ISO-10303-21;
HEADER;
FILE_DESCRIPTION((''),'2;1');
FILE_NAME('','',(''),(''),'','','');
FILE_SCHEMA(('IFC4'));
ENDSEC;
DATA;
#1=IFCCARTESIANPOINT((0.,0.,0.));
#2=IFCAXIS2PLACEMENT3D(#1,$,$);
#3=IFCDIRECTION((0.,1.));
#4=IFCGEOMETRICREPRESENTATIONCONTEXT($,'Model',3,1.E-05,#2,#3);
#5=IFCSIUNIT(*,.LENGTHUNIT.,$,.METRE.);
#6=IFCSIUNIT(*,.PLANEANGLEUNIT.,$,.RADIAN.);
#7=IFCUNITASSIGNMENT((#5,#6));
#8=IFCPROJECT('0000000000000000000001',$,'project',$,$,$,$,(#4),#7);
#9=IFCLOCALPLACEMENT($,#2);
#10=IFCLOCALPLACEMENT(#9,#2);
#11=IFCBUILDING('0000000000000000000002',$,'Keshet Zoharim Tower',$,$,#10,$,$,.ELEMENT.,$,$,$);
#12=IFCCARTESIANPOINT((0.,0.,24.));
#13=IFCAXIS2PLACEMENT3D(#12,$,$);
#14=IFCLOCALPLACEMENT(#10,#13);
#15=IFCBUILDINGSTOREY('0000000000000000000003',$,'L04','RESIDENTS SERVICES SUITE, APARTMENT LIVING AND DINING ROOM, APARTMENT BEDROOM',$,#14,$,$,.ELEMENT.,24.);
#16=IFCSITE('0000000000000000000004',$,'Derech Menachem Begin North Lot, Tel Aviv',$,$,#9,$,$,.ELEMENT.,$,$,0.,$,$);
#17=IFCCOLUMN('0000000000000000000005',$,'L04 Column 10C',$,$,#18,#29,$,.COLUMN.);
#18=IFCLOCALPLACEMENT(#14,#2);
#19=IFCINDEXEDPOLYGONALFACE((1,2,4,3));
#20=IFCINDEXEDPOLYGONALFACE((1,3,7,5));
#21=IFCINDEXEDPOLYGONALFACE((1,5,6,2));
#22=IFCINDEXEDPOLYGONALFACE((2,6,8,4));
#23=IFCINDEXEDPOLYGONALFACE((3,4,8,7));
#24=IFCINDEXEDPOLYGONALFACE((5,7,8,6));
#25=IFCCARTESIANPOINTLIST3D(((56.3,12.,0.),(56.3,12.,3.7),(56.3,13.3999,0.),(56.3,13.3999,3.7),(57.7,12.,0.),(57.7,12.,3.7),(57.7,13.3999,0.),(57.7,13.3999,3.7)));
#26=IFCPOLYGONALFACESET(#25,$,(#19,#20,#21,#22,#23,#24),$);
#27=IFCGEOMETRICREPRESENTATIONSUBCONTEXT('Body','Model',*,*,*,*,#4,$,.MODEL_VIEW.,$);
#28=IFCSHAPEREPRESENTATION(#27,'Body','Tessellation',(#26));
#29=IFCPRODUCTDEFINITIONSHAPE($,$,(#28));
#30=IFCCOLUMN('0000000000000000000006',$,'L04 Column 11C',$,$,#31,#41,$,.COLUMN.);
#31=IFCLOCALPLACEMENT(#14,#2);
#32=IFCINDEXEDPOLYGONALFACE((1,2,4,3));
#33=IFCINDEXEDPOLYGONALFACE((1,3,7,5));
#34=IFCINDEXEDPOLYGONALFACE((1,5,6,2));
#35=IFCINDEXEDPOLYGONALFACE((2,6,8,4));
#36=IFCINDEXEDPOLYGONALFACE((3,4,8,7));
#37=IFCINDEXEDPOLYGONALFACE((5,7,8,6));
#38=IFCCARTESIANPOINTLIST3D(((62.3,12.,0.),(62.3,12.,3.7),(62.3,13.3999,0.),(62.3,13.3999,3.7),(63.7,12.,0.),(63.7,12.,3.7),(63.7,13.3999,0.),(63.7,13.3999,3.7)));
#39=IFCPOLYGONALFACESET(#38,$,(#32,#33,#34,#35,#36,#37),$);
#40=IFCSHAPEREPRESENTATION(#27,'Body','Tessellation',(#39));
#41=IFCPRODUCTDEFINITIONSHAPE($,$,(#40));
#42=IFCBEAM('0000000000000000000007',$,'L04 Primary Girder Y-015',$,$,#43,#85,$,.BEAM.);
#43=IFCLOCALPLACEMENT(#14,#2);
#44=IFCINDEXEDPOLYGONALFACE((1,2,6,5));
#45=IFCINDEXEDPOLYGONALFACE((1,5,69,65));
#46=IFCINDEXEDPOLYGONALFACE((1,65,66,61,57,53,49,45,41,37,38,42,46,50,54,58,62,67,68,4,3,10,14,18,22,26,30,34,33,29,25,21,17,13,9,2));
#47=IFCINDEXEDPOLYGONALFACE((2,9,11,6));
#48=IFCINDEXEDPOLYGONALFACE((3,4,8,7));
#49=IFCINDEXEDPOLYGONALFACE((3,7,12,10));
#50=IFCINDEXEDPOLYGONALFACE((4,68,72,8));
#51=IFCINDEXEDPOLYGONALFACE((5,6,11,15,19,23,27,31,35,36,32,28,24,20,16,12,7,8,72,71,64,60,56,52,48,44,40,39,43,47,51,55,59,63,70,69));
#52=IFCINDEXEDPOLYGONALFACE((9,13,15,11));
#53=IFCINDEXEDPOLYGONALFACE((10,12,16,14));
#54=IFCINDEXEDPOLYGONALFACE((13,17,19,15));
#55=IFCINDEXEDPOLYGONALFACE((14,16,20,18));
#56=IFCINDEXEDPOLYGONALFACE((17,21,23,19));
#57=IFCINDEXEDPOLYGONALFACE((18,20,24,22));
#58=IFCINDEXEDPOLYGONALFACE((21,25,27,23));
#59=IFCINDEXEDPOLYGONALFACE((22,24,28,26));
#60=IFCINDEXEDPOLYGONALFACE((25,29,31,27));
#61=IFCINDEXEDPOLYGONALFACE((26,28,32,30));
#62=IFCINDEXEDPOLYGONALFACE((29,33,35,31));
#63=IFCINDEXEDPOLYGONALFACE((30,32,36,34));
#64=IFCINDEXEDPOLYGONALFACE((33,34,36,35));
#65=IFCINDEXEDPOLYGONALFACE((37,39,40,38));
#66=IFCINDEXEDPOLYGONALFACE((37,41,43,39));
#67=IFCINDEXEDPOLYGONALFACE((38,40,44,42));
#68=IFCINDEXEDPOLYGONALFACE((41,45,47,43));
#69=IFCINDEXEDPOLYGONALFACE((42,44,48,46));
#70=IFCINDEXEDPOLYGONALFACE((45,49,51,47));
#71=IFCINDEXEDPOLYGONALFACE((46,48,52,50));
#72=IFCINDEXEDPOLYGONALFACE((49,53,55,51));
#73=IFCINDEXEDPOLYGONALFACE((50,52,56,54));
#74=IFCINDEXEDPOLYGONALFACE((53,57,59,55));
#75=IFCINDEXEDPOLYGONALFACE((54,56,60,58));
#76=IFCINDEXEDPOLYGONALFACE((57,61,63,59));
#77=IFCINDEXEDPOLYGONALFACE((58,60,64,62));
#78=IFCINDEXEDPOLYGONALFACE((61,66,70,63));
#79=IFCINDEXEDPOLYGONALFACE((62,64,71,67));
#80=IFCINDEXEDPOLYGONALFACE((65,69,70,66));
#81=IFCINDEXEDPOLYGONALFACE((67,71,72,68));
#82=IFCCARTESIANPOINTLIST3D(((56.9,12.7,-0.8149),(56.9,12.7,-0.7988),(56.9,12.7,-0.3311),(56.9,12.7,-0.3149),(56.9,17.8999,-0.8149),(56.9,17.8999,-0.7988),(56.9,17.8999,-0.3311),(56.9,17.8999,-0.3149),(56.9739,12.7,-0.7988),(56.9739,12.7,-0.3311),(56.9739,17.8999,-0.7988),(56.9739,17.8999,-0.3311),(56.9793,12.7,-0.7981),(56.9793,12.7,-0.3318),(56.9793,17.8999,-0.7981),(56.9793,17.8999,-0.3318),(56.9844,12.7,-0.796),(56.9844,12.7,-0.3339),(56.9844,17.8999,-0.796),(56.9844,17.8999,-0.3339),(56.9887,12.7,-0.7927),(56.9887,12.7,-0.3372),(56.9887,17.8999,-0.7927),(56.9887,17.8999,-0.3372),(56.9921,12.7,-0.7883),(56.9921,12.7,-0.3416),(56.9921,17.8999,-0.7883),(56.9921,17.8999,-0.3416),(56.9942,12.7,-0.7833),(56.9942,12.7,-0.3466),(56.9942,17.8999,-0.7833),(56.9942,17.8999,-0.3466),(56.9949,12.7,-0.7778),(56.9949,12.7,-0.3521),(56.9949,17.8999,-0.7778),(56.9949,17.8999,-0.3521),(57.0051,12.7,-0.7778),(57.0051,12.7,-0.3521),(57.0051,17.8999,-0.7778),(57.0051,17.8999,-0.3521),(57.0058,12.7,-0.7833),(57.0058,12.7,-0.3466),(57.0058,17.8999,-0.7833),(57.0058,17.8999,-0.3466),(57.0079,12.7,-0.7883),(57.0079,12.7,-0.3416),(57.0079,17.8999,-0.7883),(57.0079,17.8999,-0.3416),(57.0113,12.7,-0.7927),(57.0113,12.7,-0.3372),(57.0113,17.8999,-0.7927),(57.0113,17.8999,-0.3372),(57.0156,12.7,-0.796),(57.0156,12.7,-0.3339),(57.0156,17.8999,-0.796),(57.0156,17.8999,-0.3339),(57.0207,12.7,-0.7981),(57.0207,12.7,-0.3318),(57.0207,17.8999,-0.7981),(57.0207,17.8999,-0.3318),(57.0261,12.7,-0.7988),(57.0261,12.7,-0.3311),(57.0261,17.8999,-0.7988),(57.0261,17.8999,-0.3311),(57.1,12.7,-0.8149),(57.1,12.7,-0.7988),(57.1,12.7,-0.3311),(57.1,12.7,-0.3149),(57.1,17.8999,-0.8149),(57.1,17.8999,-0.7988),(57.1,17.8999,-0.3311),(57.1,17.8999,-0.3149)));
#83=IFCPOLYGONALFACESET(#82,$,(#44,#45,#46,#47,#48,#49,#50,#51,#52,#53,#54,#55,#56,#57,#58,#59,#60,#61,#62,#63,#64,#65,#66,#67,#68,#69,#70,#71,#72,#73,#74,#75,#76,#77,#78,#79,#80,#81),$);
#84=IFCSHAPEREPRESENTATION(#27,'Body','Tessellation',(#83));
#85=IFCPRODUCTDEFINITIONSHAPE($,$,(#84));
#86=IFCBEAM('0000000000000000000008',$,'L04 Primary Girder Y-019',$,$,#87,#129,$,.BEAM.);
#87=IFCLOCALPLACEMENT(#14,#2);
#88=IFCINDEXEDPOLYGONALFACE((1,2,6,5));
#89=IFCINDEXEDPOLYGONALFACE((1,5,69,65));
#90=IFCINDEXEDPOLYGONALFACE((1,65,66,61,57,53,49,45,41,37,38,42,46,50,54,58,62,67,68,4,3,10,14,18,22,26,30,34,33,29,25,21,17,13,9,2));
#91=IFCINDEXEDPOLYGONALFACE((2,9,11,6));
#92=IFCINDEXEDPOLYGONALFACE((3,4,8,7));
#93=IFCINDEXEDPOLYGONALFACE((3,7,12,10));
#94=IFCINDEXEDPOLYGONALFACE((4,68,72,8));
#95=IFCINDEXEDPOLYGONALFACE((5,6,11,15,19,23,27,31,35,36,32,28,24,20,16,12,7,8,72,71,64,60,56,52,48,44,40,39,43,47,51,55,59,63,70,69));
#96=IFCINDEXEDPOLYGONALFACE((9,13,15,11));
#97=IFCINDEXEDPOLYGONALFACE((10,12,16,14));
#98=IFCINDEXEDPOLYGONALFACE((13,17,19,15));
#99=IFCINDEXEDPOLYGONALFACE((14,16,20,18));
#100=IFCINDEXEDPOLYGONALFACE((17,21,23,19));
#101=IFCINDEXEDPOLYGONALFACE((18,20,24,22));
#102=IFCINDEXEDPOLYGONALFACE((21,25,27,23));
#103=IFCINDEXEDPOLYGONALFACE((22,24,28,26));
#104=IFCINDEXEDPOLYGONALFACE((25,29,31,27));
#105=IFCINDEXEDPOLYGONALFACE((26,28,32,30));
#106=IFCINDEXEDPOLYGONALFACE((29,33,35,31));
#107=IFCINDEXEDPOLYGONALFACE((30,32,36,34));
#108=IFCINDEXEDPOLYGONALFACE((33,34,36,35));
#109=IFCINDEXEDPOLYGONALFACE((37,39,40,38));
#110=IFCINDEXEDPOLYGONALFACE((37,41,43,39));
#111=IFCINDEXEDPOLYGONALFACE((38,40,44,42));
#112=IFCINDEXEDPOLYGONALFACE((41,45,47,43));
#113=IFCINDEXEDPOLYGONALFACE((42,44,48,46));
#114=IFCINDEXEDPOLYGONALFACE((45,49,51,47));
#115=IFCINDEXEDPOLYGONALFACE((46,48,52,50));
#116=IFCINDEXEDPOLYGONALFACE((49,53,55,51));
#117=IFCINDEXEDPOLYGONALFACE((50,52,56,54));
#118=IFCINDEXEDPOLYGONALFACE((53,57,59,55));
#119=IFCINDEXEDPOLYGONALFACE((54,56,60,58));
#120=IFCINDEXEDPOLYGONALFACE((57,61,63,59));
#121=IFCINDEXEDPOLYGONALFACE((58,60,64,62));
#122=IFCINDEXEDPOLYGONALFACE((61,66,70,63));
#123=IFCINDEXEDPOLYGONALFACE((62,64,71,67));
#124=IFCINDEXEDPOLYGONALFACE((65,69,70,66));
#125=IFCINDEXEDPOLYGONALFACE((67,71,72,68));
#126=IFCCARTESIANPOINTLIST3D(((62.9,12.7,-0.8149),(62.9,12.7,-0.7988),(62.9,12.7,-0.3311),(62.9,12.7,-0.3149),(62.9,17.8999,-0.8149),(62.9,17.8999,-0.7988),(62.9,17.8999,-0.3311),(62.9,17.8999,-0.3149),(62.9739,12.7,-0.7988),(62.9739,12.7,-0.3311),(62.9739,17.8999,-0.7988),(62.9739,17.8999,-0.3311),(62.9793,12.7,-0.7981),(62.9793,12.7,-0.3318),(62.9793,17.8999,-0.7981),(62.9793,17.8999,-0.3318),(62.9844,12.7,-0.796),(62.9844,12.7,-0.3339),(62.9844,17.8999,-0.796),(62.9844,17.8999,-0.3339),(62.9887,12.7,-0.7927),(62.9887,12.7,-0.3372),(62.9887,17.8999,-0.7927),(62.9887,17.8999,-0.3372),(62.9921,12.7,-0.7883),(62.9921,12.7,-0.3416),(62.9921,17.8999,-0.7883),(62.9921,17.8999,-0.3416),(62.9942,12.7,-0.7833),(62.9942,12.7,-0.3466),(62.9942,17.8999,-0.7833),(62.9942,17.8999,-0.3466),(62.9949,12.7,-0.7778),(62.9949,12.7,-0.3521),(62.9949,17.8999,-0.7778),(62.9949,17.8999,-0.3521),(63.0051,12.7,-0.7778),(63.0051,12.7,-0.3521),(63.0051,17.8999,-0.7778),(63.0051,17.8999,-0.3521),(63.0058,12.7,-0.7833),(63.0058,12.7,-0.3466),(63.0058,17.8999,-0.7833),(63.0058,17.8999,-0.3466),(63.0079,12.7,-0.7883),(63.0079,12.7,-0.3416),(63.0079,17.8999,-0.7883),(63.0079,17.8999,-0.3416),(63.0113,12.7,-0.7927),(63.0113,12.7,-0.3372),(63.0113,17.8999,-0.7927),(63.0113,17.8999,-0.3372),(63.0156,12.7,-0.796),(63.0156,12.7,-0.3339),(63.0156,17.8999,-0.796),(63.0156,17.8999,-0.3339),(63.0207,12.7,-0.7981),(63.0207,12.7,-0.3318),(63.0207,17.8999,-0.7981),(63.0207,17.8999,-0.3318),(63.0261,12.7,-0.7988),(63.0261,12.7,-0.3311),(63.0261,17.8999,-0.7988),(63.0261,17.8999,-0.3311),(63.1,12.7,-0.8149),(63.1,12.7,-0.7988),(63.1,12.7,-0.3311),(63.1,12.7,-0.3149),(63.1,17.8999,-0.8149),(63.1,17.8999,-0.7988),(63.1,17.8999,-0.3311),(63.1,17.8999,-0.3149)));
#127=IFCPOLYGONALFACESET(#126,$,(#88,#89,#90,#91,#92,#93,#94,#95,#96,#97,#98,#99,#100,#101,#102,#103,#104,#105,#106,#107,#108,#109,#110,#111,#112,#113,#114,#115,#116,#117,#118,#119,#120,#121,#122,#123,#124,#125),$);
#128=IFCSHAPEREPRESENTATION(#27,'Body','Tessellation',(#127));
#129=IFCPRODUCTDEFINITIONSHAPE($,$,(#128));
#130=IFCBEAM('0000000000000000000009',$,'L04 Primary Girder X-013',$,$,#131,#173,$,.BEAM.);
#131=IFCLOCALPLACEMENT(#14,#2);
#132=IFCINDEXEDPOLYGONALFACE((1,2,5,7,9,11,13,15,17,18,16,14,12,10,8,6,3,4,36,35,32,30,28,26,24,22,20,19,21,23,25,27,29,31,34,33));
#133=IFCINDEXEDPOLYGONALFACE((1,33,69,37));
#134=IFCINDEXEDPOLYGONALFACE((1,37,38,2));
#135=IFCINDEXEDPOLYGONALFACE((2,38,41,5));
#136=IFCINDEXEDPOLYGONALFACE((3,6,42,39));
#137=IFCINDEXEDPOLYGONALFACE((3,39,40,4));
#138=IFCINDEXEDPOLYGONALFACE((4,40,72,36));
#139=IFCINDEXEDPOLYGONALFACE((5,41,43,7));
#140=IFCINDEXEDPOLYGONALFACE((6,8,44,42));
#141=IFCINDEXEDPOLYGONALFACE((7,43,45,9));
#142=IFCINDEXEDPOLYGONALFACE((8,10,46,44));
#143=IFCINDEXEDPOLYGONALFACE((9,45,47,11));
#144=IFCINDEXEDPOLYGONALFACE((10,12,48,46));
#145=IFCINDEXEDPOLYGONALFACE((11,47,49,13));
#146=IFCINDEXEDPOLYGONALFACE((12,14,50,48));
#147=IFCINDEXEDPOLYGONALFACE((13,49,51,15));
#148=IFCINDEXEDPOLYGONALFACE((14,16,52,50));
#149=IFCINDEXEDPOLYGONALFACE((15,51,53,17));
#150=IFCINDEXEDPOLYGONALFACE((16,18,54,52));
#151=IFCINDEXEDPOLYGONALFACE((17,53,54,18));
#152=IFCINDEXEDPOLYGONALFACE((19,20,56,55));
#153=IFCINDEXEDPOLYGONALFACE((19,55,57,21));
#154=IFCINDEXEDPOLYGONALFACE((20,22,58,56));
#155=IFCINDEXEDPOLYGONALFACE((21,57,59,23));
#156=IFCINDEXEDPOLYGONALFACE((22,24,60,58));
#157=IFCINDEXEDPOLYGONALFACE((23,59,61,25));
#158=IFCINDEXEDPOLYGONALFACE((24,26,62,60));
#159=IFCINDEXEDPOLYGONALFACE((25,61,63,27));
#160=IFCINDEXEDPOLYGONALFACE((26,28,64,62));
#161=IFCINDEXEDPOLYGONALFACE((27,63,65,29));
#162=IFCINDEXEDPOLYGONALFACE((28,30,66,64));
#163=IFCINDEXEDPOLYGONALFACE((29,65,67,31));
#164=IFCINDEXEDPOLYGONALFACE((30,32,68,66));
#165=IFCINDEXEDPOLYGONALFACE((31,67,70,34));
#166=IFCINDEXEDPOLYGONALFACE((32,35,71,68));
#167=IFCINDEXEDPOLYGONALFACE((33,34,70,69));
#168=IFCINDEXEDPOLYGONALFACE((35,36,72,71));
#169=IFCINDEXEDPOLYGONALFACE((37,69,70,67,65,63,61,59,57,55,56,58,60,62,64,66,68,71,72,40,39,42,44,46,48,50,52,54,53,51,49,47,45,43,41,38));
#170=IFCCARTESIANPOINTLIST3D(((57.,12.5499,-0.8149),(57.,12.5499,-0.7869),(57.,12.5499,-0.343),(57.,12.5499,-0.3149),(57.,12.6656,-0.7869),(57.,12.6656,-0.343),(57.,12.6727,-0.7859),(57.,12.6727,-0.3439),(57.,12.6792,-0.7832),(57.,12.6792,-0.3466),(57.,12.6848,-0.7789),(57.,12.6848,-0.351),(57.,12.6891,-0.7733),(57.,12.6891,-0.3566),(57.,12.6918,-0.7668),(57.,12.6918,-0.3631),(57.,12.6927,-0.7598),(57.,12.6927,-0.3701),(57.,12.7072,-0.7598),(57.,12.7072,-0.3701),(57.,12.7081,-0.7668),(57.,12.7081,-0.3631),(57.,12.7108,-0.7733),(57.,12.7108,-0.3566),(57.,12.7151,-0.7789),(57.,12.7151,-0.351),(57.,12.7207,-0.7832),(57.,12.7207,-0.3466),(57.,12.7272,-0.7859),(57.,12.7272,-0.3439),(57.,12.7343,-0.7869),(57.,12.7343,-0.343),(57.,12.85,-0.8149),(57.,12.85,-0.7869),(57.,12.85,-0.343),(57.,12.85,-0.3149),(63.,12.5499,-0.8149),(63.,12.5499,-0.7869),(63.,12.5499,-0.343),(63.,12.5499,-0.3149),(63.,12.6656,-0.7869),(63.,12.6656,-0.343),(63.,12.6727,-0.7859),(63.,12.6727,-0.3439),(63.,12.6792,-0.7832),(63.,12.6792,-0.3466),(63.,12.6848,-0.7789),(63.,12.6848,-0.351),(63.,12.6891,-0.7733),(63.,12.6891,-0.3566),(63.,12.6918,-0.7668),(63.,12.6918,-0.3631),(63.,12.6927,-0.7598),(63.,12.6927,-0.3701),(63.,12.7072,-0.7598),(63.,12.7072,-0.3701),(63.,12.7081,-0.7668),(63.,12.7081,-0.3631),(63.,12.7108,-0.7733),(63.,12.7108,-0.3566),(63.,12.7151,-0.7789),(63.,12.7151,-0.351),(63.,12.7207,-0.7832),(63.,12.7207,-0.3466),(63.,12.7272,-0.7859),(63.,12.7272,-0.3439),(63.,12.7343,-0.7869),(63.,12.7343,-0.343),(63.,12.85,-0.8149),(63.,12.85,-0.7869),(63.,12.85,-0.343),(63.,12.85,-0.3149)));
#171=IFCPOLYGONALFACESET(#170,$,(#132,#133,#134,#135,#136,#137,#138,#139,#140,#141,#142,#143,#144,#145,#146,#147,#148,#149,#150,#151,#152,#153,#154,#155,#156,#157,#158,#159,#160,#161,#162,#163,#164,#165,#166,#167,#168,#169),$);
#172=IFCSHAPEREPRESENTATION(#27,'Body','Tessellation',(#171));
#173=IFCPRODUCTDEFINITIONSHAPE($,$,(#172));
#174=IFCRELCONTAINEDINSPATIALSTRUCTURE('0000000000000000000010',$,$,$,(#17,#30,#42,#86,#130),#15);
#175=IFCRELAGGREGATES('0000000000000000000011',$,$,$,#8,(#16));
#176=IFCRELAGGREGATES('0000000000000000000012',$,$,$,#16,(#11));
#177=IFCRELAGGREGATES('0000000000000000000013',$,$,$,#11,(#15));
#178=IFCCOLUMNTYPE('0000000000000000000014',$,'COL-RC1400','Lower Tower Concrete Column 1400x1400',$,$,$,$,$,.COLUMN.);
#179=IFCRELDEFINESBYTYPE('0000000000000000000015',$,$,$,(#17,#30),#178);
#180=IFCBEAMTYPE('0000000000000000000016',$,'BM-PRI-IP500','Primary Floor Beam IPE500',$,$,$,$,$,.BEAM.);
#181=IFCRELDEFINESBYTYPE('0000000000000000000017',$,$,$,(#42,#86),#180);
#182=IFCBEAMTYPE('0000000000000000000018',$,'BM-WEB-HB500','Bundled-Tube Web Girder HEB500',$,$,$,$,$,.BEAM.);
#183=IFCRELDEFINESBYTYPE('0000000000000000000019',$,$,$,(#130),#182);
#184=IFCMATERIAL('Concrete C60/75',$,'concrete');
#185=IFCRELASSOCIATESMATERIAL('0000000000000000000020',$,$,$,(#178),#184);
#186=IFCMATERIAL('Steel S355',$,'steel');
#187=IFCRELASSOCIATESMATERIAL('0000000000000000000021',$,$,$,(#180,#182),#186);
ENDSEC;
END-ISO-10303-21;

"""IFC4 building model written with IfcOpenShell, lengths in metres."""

from ifc_helpers import new_model, si_unit, direction, frame, origin, origin_2d, place, context, subcontext, project, spatial, rectangle, i_section, extrude, material, material_profile, profile_set, type_object, element, save


model = new_model("IFC4")

# Units and contexts
model_context = context("Model", 3, precision=1e-05, world=origin(), true_north=direction((0.0, 1.0)))
body_context = subcontext(model_context, "Body", "Model", "MODEL_VIEW")
ifc_project = project(units=[si_unit("LENGTHUNIT", "METRE"), si_unit("PLANEANGLEUNIT", "RADIAN")], contexts=[model_context])

# Site, building, storey
site_placement = place(None, origin())
site = spatial("IfcSite", under=ifc_project, at=site_placement, Name="Derech Menachem Begin North Lot, Tel Aviv", CompositionType="ELEMENT", RefElevation=0.0)
building_placement = place(site_placement, origin())
building = spatial("IfcBuilding", under=site, at=building_placement, Name="Keshet Zoharim Tower", CompositionType="ELEMENT")
storey_placement = place(building_placement, frame((0.0, 0.0, 24.0)))
storey = spatial("IfcBuildingStorey", under=building, at=storey_placement, Name="L04", Description="RESIDENTS SERVICES SUITE, APARTMENT LIVING AND DINING ROOM, APARTMENT BEDROOM", CompositionType="ELEMENT", Elevation=24.0)

# Columns
ifc_material_1 = material(Name="Concrete C60/75", Category="concrete")
ifc_material_profile_1 = material_profile(ifc_material_1, rectangle(XDim=1.3999, YDim=1.3999, at=origin_2d()), Name="RC1400x1400")
ifc_profile_set_1 = profile_set([ifc_material_profile_1], Name="Concrete C60/75")
column_type = type_object("IfcColumnType", Name="COL-RC1400", Description="Lower Tower Concrete Column 1400x1400", PredefinedType="COLUMN", material=ifc_profile_set_1)
for number, where, z_axis, x_axis, name in (
    (1, (57.0, 12.7, 0.0), (0.0, 0.0, 1.0), (1.0, 0.0, 0.0), "L04 Column 10C"),
    (2, (63.0, 12.7, 0.0), (0.0, 0.0, 1.0), (1.0, 0.0, 0.0), "L04 Column 11C"),
):
    element("IfcColumn", number, at=place(storey_placement, frame(where, z_axis=z_axis, x_axis=x_axis)), inside=storey, type_object=column_type, Name=name, PredefinedType="COLUMN", context=body_context, shape_type="SweptSolid", body=[
        extrude(rectangle(XDim=1.3999, YDim=1.3999, at=origin_2d()), origin(), (0.0, 0.0, 1.0), 3.7),
    ])

# Beams
ifc_material_2 = material(Name="Steel S355", Category="steel")
ifc_material_profile_2 = material_profile(ifc_material_2, i_section(OverallWidth=0.2, OverallDepth=0.5, WebThickness=0.0103, FlangeThickness=0.0161, FilletRadius=0.021, at=origin_2d()), Name="IPE500")
ifc_profile_set_2 = profile_set([ifc_material_profile_2], Name="Steel S355")
beam_type_1 = type_object("IfcBeamType", Name="BM-PRI-IP500", Description="Primary Floor Beam IPE500", PredefinedType="BEAM", material=ifc_profile_set_2)
for number, where, z_axis, x_axis, name in (
    (3, (57.0, 12.7, -0.5649), (0.0, 1.0, 0.0), (-1.0, 0.0, 0.0), "L04 Primary Girder Y-015"),
    (4, (63.0, 12.7, -0.5649), (0.0, 1.0, 0.0), (-1.0, 0.0, 0.0), "L04 Primary Girder Y-019"),
):
    element("IfcBeam", number, at=place(storey_placement, frame(where, z_axis=z_axis, x_axis=x_axis)), inside=storey, type_object=beam_type_1, Name=name, PredefinedType="BEAM", context=body_context, shape_type="SweptSolid", body=[
        extrude(i_section(OverallWidth=0.2, OverallDepth=0.5, WebThickness=0.0103, FlangeThickness=0.0161, FilletRadius=0.021, at=origin_2d()), origin(), (0.0, 0.0, 1.0), 5.2),
    ])
ifc_material_profile_3 = material_profile(ifc_material_2, i_section(OverallWidth=0.3, OverallDepth=0.5, WebThickness=0.0144, FlangeThickness=0.0281, FilletRadius=0.0271, at=origin_2d()), Name="HEB500")
ifc_profile_set_3 = profile_set([ifc_material_profile_3], Name="Steel S355")
beam_type_2 = type_object("IfcBeamType", Name="BM-WEB-HB500", Description="Bundled-Tube Web Girder HEB500", PredefinedType="BEAM", material=ifc_profile_set_3)
for number, where, z_axis, x_axis, name in (
    (5, (57.0, 12.7, -0.5649), (1.0, 0.0, 0.0), (0.0, 1.0, 0.0), "L04 Primary Girder X-013"),
):
    element("IfcBeam", number, at=place(storey_placement, frame(where, z_axis=z_axis, x_axis=x_axis)), inside=storey, type_object=beam_type_2, Name=name, PredefinedType="BEAM", context=body_context, shape_type="SweptSolid", body=[
        extrude(i_section(OverallWidth=0.3, OverallDepth=0.5, WebThickness=0.0144, FlangeThickness=0.0281, FilletRadius=0.0271, at=origin_2d()), origin(), (0.0, 0.0, 1.0), 6.0),
    ])

save(model, "model.ifc")
